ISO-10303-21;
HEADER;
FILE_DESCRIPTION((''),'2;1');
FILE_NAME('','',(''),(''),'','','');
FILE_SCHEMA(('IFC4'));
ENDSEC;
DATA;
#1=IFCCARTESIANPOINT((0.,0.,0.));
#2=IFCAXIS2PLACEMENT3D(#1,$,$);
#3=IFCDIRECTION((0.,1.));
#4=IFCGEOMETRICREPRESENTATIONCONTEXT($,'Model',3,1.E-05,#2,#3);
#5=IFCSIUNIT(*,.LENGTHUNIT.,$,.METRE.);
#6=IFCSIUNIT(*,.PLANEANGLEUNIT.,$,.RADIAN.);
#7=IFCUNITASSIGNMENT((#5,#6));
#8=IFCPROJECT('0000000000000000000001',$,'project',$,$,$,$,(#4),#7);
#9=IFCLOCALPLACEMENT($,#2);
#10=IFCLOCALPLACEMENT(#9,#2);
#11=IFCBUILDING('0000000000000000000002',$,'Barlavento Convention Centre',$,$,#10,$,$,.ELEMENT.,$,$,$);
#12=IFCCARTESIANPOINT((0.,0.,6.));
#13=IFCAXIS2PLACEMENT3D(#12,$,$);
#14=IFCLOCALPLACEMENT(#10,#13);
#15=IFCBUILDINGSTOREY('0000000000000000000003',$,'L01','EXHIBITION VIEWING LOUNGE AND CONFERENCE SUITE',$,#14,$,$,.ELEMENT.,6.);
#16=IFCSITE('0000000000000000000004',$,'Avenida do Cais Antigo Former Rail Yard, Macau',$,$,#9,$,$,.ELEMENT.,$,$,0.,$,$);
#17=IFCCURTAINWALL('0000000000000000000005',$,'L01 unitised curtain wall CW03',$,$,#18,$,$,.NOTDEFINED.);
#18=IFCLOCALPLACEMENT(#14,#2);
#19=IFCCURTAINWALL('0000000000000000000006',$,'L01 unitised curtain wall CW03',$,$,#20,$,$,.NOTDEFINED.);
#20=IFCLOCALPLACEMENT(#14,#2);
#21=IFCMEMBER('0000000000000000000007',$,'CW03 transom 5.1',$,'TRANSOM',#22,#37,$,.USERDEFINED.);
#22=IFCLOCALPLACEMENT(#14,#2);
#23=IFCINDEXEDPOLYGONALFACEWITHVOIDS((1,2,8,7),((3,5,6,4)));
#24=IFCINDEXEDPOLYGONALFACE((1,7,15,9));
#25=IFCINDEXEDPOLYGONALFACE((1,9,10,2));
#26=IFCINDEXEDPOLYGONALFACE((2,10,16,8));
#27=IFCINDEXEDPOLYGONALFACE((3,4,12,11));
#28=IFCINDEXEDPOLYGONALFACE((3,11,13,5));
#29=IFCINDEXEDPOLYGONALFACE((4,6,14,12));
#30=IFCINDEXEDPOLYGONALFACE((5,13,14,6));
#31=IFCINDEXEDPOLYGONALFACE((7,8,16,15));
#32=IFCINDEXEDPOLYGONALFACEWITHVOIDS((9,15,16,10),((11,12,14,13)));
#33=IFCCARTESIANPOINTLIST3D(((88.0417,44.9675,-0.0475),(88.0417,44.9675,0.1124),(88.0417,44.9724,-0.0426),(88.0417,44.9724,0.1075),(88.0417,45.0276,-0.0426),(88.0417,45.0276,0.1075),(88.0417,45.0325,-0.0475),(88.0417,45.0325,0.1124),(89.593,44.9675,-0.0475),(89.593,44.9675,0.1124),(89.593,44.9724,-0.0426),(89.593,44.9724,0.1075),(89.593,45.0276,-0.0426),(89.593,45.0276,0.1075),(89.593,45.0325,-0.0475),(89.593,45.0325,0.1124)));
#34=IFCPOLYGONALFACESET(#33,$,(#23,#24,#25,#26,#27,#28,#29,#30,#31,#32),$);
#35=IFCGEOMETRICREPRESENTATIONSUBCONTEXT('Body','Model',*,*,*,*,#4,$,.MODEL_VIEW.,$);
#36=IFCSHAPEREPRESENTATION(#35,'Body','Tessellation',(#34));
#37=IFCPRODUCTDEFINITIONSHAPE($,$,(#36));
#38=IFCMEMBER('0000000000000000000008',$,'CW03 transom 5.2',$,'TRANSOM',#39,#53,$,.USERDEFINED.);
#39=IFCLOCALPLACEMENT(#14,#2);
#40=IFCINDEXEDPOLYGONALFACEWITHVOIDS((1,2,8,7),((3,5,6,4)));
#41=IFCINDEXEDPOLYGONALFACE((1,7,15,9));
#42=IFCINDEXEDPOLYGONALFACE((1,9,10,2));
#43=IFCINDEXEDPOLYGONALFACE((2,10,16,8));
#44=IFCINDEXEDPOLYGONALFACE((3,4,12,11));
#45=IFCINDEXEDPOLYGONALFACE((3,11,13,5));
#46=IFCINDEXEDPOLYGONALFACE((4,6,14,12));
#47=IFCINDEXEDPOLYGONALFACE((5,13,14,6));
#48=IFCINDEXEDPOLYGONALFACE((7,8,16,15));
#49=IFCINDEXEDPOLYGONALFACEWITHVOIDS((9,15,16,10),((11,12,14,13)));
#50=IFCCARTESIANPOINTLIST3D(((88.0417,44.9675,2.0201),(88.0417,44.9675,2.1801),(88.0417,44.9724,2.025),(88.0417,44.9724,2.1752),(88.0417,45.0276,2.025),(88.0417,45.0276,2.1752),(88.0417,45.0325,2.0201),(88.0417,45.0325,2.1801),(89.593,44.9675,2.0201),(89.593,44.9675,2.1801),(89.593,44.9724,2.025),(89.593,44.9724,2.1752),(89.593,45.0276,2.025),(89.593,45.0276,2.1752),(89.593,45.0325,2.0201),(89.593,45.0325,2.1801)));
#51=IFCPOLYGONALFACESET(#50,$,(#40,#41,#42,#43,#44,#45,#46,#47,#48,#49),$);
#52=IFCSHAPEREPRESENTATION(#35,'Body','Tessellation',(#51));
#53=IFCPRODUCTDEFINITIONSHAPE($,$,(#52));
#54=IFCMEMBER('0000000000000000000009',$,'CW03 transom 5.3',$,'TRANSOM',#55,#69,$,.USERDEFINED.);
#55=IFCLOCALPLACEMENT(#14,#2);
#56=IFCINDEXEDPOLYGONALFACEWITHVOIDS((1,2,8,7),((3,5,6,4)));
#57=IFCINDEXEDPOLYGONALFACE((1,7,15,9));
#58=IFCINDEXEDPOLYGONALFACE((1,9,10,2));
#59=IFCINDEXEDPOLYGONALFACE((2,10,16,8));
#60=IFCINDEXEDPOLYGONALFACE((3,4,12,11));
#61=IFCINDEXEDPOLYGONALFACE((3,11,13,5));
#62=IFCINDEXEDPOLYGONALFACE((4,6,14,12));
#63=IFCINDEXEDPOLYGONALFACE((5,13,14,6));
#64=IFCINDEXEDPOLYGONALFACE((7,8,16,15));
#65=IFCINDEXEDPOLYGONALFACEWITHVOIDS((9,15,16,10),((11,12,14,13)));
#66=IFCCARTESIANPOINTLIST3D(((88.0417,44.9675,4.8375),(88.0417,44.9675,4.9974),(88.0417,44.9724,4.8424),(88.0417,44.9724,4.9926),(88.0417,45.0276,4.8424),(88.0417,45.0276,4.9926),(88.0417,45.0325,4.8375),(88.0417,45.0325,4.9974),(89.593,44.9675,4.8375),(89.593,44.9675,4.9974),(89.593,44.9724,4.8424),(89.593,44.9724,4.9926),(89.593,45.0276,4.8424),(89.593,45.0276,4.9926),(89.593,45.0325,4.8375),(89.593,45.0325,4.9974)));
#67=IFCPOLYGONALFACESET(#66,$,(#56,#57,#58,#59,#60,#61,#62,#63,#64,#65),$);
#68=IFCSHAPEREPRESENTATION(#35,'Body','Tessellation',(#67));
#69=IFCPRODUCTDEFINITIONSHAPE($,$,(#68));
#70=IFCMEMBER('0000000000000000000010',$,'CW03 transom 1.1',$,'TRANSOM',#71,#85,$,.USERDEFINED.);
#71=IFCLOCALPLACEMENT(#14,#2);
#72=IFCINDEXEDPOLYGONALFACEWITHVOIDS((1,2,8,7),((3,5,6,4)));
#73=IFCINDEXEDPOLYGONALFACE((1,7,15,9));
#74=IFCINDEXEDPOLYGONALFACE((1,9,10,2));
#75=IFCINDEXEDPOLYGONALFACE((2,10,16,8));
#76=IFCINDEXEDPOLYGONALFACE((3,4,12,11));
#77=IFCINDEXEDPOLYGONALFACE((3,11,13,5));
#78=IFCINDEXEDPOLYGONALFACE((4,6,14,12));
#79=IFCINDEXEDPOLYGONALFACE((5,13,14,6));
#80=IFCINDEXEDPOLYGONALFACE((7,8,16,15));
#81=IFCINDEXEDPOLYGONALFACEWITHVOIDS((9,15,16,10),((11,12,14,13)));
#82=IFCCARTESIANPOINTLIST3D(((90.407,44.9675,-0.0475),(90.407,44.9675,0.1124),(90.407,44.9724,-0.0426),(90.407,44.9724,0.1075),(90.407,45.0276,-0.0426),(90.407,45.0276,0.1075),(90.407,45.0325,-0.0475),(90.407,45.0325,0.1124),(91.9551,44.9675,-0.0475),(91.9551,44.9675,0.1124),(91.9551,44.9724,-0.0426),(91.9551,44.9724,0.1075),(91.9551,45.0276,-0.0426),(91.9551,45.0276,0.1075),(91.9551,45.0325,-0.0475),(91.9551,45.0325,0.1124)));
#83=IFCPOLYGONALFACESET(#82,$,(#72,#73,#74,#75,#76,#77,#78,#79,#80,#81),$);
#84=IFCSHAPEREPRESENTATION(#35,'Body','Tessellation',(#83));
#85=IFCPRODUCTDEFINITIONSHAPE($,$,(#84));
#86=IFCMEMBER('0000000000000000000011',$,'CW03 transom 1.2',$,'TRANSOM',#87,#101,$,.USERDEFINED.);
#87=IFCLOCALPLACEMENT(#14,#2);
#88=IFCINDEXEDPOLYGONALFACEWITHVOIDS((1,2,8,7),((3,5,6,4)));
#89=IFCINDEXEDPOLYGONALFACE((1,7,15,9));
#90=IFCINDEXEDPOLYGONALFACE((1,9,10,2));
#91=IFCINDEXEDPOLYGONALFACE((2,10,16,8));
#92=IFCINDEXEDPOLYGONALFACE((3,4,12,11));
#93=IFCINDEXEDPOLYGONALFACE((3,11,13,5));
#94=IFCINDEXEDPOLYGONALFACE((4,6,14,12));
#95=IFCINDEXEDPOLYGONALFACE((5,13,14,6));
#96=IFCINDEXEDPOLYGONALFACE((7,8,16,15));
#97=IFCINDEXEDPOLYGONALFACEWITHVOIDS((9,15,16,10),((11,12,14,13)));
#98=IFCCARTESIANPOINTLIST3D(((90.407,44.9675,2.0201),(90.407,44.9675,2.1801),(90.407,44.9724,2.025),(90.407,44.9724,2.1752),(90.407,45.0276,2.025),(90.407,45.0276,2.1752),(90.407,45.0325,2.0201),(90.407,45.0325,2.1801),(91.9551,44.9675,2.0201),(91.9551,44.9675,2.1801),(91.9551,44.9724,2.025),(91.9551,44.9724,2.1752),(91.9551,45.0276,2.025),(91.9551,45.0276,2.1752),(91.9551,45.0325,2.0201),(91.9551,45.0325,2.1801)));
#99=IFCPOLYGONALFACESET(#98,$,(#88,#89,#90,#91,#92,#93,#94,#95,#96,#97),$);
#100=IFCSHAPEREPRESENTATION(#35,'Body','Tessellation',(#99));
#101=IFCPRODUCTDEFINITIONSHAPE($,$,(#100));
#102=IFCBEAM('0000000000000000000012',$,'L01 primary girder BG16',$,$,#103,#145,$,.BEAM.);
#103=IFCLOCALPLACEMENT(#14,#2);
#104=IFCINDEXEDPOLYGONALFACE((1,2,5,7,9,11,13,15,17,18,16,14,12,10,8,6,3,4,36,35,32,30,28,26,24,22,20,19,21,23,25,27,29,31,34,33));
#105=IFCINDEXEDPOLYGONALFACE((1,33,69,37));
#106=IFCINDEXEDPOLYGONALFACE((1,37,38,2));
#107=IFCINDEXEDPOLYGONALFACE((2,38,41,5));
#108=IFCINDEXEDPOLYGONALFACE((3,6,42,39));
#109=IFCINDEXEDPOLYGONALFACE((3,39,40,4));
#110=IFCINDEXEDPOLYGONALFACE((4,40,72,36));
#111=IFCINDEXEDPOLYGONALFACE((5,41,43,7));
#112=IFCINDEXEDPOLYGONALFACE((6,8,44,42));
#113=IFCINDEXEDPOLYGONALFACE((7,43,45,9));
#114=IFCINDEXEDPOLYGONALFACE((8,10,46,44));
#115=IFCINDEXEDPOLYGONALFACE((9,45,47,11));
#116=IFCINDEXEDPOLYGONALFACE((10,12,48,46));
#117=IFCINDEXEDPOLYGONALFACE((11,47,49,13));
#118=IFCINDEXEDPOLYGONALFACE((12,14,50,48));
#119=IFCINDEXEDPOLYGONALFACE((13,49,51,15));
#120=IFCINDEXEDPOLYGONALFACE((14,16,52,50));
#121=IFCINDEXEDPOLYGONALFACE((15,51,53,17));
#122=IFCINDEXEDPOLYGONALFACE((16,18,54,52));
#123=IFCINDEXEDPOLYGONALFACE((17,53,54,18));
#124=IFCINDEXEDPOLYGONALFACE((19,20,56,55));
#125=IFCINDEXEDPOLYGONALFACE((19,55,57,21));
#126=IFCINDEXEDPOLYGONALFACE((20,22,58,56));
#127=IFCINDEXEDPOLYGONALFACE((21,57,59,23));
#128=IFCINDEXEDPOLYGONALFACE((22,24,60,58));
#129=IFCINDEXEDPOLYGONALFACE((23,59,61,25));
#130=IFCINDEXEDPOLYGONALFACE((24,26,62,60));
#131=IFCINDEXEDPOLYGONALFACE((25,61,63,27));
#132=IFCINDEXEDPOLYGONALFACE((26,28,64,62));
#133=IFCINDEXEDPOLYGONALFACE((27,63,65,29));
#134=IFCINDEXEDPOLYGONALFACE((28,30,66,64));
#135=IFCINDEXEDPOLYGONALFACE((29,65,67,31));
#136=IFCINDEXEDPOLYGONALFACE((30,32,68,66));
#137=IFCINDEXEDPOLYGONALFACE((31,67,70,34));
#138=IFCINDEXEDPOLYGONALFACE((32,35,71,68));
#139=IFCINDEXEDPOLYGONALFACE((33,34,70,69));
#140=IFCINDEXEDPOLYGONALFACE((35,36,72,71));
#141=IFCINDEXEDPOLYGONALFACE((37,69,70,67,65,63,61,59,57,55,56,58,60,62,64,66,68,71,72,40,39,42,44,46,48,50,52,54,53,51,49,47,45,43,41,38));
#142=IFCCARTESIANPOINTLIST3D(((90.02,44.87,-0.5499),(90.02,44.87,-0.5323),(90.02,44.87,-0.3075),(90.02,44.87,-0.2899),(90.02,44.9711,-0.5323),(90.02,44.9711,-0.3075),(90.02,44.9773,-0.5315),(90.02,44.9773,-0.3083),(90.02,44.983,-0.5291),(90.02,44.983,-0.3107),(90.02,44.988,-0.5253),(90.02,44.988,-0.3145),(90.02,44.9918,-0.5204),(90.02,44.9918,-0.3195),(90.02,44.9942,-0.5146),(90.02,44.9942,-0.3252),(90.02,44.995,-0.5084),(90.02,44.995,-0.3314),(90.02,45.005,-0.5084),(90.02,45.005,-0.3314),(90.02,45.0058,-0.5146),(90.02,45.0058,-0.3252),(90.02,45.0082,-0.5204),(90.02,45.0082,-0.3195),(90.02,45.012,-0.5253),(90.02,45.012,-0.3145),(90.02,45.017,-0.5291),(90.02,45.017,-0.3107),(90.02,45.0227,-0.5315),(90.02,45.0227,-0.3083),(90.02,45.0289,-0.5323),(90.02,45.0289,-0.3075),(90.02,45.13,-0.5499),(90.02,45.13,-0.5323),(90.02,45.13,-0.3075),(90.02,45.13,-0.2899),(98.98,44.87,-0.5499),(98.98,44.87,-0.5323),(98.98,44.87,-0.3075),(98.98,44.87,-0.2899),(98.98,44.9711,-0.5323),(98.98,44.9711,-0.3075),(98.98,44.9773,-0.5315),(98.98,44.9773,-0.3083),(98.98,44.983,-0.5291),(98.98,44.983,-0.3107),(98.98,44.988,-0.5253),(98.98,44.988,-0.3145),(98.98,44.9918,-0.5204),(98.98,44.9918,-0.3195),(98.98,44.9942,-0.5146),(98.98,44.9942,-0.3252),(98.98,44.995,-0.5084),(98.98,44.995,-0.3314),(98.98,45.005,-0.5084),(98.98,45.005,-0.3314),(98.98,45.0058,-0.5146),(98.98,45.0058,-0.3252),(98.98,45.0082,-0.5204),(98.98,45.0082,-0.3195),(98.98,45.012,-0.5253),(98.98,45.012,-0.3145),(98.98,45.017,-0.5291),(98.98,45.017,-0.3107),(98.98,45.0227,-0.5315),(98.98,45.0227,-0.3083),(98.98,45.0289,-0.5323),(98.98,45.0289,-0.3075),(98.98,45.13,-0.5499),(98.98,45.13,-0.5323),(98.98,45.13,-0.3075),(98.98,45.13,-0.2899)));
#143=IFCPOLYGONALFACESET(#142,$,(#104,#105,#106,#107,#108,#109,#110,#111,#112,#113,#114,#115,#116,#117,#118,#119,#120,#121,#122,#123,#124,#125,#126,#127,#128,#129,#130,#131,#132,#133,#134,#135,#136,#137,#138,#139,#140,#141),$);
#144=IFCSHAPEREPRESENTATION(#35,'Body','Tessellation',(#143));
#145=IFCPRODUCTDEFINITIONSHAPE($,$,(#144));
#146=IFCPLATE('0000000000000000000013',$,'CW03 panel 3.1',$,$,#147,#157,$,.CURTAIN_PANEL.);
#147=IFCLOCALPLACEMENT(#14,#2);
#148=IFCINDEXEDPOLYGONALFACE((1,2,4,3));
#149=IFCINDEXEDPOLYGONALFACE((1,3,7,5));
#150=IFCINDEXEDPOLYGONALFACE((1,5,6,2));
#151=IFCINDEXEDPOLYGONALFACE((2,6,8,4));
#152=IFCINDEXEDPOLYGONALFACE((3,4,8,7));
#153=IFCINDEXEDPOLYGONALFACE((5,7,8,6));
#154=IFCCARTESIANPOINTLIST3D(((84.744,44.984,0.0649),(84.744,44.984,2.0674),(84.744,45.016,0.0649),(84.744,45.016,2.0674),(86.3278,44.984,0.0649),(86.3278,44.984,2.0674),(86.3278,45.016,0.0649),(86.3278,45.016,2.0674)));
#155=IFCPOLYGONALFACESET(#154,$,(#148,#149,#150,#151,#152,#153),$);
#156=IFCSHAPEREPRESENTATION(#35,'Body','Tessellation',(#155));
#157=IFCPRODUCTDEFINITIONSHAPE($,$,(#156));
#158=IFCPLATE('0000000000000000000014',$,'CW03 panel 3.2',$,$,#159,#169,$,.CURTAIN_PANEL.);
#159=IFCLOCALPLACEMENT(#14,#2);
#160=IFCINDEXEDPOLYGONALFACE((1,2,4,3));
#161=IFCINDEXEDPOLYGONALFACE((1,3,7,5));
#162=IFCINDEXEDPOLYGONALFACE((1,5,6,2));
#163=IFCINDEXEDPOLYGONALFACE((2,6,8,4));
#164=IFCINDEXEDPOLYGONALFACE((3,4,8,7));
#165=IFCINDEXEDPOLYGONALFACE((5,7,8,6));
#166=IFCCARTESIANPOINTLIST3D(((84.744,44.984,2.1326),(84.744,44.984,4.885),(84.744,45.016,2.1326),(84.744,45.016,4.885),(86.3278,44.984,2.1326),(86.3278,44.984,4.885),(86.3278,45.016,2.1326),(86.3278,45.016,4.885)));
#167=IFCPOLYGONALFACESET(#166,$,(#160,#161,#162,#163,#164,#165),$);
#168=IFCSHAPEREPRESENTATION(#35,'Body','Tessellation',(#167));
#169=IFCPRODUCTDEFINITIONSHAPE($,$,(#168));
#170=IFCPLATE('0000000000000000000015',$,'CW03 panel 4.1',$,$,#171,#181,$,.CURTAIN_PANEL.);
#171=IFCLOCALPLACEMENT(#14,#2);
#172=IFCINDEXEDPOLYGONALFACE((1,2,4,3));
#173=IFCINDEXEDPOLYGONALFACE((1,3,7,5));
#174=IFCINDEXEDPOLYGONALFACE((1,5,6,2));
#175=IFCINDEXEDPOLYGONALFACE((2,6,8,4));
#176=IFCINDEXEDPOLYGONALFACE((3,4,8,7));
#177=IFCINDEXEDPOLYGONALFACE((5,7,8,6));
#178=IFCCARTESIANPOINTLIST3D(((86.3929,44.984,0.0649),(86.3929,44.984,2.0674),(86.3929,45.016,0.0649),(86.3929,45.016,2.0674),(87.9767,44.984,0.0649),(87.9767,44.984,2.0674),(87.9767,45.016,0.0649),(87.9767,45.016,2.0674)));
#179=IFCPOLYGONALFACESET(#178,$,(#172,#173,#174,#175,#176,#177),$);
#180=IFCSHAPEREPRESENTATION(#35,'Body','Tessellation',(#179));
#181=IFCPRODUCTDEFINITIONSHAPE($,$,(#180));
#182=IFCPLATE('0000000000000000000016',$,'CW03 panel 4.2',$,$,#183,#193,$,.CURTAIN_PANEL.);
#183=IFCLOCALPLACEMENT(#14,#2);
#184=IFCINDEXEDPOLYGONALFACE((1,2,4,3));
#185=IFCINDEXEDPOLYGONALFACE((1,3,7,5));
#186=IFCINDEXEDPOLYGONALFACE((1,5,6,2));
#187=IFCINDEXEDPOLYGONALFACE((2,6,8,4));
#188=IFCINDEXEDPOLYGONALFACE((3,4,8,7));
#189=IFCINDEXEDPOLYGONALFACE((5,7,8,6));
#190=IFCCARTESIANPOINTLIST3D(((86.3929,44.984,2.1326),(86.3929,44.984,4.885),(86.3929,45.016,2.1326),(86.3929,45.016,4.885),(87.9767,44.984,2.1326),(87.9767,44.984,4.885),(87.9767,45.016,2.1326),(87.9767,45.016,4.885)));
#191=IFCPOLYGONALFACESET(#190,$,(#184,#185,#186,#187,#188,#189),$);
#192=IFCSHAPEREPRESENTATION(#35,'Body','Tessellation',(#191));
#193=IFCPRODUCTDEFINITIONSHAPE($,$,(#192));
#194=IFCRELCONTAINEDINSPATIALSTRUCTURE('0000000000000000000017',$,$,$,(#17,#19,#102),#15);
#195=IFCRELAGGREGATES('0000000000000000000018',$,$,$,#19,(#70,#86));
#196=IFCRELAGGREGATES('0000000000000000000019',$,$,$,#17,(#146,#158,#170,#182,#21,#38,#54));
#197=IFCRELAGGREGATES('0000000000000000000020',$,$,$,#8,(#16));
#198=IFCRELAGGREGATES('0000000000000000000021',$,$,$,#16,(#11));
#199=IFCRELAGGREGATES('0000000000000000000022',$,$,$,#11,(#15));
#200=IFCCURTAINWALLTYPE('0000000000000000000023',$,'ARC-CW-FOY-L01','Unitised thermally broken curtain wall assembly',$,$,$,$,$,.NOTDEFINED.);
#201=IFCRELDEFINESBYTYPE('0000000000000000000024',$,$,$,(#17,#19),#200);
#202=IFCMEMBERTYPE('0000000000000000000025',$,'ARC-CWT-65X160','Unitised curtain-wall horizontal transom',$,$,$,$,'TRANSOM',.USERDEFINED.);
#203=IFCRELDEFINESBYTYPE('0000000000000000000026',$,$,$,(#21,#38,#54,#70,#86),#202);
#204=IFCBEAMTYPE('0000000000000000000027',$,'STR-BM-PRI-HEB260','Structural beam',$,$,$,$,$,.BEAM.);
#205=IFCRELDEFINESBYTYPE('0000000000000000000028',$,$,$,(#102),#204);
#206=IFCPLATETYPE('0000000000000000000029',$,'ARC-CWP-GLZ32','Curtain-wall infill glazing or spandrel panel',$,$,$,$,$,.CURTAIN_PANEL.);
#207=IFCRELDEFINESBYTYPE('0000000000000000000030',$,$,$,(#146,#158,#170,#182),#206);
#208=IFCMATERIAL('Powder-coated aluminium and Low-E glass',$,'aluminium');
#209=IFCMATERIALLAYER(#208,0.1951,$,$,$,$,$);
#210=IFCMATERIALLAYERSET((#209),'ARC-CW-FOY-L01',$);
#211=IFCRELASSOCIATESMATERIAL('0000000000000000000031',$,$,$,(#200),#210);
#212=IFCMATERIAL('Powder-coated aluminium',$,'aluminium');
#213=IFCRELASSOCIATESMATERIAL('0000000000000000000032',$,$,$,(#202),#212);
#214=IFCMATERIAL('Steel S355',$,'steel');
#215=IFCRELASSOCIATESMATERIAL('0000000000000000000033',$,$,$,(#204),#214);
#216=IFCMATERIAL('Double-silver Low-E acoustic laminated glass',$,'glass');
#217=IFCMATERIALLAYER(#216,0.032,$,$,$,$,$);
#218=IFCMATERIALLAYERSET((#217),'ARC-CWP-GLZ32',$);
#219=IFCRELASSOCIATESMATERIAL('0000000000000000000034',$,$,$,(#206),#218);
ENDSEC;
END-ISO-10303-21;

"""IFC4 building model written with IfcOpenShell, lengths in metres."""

from ifc_helpers import new_model, si_unit, direction, frame, origin, origin_2d, place, context, subcontext, project, spatial, rectangle, hollow_rectangle, i_section, extrude, material, layer, layer_set, material_profile, profile_set, type_object, element, aggregate, save


model = new_model("IFC4")

# Units and contexts
model_context = context("Model", 3, precision=1e-05, world=origin(), true_north=direction((0.0, 1.0)))
body_context = subcontext(model_context, "Body", "Model", "MODEL_VIEW")
ifc_project = project(units=[si_unit("LENGTHUNIT", "METRE"), si_unit("PLANEANGLEUNIT", "RADIAN")], contexts=[model_context])

# Site, building, storey
site_placement = place(None, origin())
site = spatial("IfcSite", under=ifc_project, at=site_placement, Name="Avenida do Cais Antigo Former Rail Yard, Macau", CompositionType="ELEMENT", RefElevation=0.0)
building_placement = place(site_placement, origin())
building = spatial("IfcBuilding", under=site, at=building_placement, Name="Barlavento Convention Centre", CompositionType="ELEMENT")
storey_placement = place(building_placement, frame((0.0, 0.0, 6.0)))
storey = spatial("IfcBuildingStorey", under=building, at=storey_placement, Name="L01", Description="EXHIBITION VIEWING LOUNGE AND CONFERENCE SUITE", CompositionType="ELEMENT", Elevation=6.0)

# Shared definitions
ifc_material_1 = material(Name="Steel S355", Category="steel")

# Curtain wall
ifc_material_2 = material(Name="Powder-coated aluminium and Low-E glass", Category="aluminium")
ifc_layer_1 = layer(ifc_material_2, 0.1951)
ifc_layer_set_1 = layer_set([ifc_layer_1], Name="ARC-CW-FOY-L01")
curtain_wall_type = type_object("IfcCurtainWallType", Name="ARC-CW-FOY-L01", Description="Unitised thermally broken curtain wall assembly", PredefinedType="NOTDEFINED", material=ifc_layer_set_1)
curtain_wall_1_placement = place(storey_placement, origin())
curtain_wall_1 = element("IfcCurtainWall", 1, at=curtain_wall_1_placement, inside=storey, type_object=curtain_wall_type, Name="L01 unitised curtain wall CW03", PredefinedType="NOTDEFINED")
ifc_material_3 = material(Name="Powder-coated aluminium", Category="aluminium")

# Curtain wall
curtain_wall_2_placement = place(storey_placement, origin())
curtain_wall_2 = element("IfcCurtainWall", 2, at=curtain_wall_2_placement, inside=storey, type_object=curtain_wall_type, Name="L01 unitised curtain wall CW03", PredefinedType="NOTDEFINED")

# Members
ifc_material_profile_1 = material_profile(ifc_material_3, hollow_rectangle(XDim=0.0649, YDim=0.1599, WallThickness=0.0049, at=origin_2d()), Name="AL-TRAN 65x160x5")
ifc_profile_set_1 = profile_set([ifc_material_profile_1], Name="Powder-coated aluminium")
member_type_1 = type_object("IfcMemberType", Name="ARC-CWT-65X160", Description="Unitised curtain-wall horizontal transom", ElementType="TRANSOM", PredefinedType="USERDEFINED", material=ifc_profile_set_1)
member_1_placement = place(storey_placement, frame((88.0417, 45.0, 0.0325), z_axis=(1.0, 0.0, 0.0), x_axis=(0.0, 1.0, 0.0)))
member_1 = element("IfcMember", 3, at=member_1_placement, type_object=member_type_1, Name="CW03 transom 5.1", ObjectType="TRANSOM", PredefinedType="USERDEFINED", context=body_context, shape_type="SweptSolid", body=[
    extrude(hollow_rectangle(XDim=0.0649, YDim=0.1599, WallThickness=0.0049, at=origin_2d()), origin(), (0.0, 0.0, 1.0), 1.5513),
])
member_2_placement = place(storey_placement, frame((88.0417, 45.0, 2.1001), z_axis=(1.0, 0.0, 0.0), x_axis=(0.0, 1.0, 0.0)))
member_2 = element("IfcMember", 4, at=member_2_placement, type_object=member_type_1, Name="CW03 transom 5.2", ObjectType="TRANSOM", PredefinedType="USERDEFINED", context=body_context, shape_type="SweptSolid", body=[
    extrude(hollow_rectangle(XDim=0.0649, YDim=0.1599, WallThickness=0.0049, at=origin_2d()), origin(), (0.0, 0.0, 1.0), 1.5513),
])
member_3_placement = place(storey_placement, frame((88.0417, 45.0, 4.9175), z_axis=(1.0, 0.0, 0.0), x_axis=(0.0, 1.0, 0.0)))
member_3 = element("IfcMember", 5, at=member_3_placement, type_object=member_type_1, Name="CW03 transom 5.3", ObjectType="TRANSOM", PredefinedType="USERDEFINED", context=body_context, shape_type="SweptSolid", body=[
    extrude(hollow_rectangle(XDim=0.0649, YDim=0.1599, WallThickness=0.0049, at=origin_2d()), origin(), (0.0, 0.0, 1.0), 1.5513),
])
member_4_placement = place(storey_placement, frame((90.407, 45.0, 0.0325), z_axis=(1.0, 0.0, 0.0), x_axis=(0.0, 1.0, 0.0)))
member_4 = element("IfcMember", 6, at=member_4_placement, type_object=member_type_1, Name="CW03 transom 1.1", ObjectType="TRANSOM", PredefinedType="USERDEFINED", context=body_context, shape_type="SweptSolid", body=[
    extrude(hollow_rectangle(XDim=0.0649, YDim=0.1599, WallThickness=0.0049, at=origin_2d()), origin(), (0.0, 0.0, 1.0), 1.5481),
])
member_5_placement = place(storey_placement, frame((90.407, 45.0, 2.1001), z_axis=(1.0, 0.0, 0.0), x_axis=(0.0, 1.0, 0.0)))
member_5 = element("IfcMember", 7, at=member_5_placement, type_object=member_type_1, Name="CW03 transom 1.2", ObjectType="TRANSOM", PredefinedType="USERDEFINED", context=body_context, shape_type="SweptSolid", body=[
    extrude(hollow_rectangle(XDim=0.0649, YDim=0.1599, WallThickness=0.0049, at=origin_2d()), origin(), (0.0, 0.0, 1.0), 1.5481),
])
aggregate(curtain_wall_2, [member_4, member_5])

# Beam
ifc_material_profile_2 = material_profile(ifc_material_1, i_section(OverallWidth=0.26, OverallDepth=0.26, WebThickness=0.01, FlangeThickness=0.0176, FilletRadius=0.0239, at=origin_2d()), Name="HEB 260")
ifc_profile_set_2 = profile_set([ifc_material_profile_2], Name="Steel S355")
beam_type = type_object("IfcBeamType", Name="STR-BM-PRI-HEB260", Description="Structural beam", PredefinedType="BEAM", material=ifc_profile_set_2)
beam_placement = place(storey_placement, frame((90.02, 45.0, -0.4199), z_axis=(1.0, 0.0, 0.0), x_axis=(0.0, 1.0, 0.0)))
element("IfcBeam", 8, at=beam_placement, inside=storey, type_object=beam_type, Name="L01 primary girder BG16", PredefinedType="BEAM", context=body_context, shape_type="SweptSolid", body=[
    extrude(i_section(OverallWidth=0.26, OverallDepth=0.26, WebThickness=0.01, FlangeThickness=0.0176, FilletRadius=0.0239, at=origin_2d()), origin(), (0.0, 0.0, 1.0), 8.96),
])

# Plates
ifc_material_4 = material(Name="Double-silver Low-E acoustic laminated glass", Category="glass")
ifc_layer_2 = layer(ifc_material_4, 0.032)
ifc_layer_set_2 = layer_set([ifc_layer_2], Name="ARC-CWP-GLZ32")
plate_type = type_object("IfcPlateType", Name="ARC-CWP-GLZ32", Description="Curtain-wall infill glazing or spandrel panel", PredefinedType="CURTAIN_PANEL", material=ifc_layer_set_2)
plate_1_placement = place(storey_placement, frame((85.5359, 45.0, 0.0649), z_axis=(0.0, 0.0, 1.0), x_axis=(1.0, 0.0, 0.0)))
plate_1 = element("IfcPlate", 9, at=plate_1_placement, type_object=plate_type, Name="CW03 panel 3.1", PredefinedType="CURTAIN_PANEL", context=body_context, shape_type="SweptSolid", body=[
    extrude(rectangle(XDim=1.5837, YDim=0.032, at=origin_2d()), origin(), (0.0, 0.0, 1.0), 2.0024),
])
plate_2_placement = place(storey_placement, frame((85.5359, 45.0, 2.1326), z_axis=(0.0, 0.0, 1.0), x_axis=(1.0, 0.0, 0.0)))
plate_2 = element("IfcPlate", 10, at=plate_2_placement, type_object=plate_type, Name="CW03 panel 3.2", PredefinedType="CURTAIN_PANEL", context=body_context, shape_type="SweptSolid", body=[
    extrude(rectangle(XDim=1.5837, YDim=0.032, at=origin_2d()), origin(), (0.0, 0.0, 1.0), 2.7524),
])
plate_3_placement = place(storey_placement, frame((87.1848, 45.0, 0.0649), z_axis=(0.0, 0.0, 1.0), x_axis=(1.0, 0.0, 0.0)))
plate_3 = element("IfcPlate", 11, at=plate_3_placement, type_object=plate_type, Name="CW03 panel 4.1", PredefinedType="CURTAIN_PANEL", context=body_context, shape_type="SweptSolid", body=[
    extrude(rectangle(XDim=1.5837, YDim=0.032, at=origin_2d()), origin(), (0.0, 0.0, 1.0), 2.0024),
])
plate_4_placement = place(storey_placement, frame((87.1848, 45.0, 2.1326), z_axis=(0.0, 0.0, 1.0), x_axis=(1.0, 0.0, 0.0)))
plate_4 = element("IfcPlate", 12, at=plate_4_placement, type_object=plate_type, Name="CW03 panel 4.2", PredefinedType="CURTAIN_PANEL", context=body_context, shape_type="SweptSolid", body=[
    extrude(rectangle(XDim=1.5837, YDim=0.032, at=origin_2d()), origin(), (0.0, 0.0, 1.0), 2.7524),
])
aggregate(curtain_wall_1, [plate_1, plate_2, plate_3, plate_4, member_1, member_2, member_3])

save(model, "model.ifc")
